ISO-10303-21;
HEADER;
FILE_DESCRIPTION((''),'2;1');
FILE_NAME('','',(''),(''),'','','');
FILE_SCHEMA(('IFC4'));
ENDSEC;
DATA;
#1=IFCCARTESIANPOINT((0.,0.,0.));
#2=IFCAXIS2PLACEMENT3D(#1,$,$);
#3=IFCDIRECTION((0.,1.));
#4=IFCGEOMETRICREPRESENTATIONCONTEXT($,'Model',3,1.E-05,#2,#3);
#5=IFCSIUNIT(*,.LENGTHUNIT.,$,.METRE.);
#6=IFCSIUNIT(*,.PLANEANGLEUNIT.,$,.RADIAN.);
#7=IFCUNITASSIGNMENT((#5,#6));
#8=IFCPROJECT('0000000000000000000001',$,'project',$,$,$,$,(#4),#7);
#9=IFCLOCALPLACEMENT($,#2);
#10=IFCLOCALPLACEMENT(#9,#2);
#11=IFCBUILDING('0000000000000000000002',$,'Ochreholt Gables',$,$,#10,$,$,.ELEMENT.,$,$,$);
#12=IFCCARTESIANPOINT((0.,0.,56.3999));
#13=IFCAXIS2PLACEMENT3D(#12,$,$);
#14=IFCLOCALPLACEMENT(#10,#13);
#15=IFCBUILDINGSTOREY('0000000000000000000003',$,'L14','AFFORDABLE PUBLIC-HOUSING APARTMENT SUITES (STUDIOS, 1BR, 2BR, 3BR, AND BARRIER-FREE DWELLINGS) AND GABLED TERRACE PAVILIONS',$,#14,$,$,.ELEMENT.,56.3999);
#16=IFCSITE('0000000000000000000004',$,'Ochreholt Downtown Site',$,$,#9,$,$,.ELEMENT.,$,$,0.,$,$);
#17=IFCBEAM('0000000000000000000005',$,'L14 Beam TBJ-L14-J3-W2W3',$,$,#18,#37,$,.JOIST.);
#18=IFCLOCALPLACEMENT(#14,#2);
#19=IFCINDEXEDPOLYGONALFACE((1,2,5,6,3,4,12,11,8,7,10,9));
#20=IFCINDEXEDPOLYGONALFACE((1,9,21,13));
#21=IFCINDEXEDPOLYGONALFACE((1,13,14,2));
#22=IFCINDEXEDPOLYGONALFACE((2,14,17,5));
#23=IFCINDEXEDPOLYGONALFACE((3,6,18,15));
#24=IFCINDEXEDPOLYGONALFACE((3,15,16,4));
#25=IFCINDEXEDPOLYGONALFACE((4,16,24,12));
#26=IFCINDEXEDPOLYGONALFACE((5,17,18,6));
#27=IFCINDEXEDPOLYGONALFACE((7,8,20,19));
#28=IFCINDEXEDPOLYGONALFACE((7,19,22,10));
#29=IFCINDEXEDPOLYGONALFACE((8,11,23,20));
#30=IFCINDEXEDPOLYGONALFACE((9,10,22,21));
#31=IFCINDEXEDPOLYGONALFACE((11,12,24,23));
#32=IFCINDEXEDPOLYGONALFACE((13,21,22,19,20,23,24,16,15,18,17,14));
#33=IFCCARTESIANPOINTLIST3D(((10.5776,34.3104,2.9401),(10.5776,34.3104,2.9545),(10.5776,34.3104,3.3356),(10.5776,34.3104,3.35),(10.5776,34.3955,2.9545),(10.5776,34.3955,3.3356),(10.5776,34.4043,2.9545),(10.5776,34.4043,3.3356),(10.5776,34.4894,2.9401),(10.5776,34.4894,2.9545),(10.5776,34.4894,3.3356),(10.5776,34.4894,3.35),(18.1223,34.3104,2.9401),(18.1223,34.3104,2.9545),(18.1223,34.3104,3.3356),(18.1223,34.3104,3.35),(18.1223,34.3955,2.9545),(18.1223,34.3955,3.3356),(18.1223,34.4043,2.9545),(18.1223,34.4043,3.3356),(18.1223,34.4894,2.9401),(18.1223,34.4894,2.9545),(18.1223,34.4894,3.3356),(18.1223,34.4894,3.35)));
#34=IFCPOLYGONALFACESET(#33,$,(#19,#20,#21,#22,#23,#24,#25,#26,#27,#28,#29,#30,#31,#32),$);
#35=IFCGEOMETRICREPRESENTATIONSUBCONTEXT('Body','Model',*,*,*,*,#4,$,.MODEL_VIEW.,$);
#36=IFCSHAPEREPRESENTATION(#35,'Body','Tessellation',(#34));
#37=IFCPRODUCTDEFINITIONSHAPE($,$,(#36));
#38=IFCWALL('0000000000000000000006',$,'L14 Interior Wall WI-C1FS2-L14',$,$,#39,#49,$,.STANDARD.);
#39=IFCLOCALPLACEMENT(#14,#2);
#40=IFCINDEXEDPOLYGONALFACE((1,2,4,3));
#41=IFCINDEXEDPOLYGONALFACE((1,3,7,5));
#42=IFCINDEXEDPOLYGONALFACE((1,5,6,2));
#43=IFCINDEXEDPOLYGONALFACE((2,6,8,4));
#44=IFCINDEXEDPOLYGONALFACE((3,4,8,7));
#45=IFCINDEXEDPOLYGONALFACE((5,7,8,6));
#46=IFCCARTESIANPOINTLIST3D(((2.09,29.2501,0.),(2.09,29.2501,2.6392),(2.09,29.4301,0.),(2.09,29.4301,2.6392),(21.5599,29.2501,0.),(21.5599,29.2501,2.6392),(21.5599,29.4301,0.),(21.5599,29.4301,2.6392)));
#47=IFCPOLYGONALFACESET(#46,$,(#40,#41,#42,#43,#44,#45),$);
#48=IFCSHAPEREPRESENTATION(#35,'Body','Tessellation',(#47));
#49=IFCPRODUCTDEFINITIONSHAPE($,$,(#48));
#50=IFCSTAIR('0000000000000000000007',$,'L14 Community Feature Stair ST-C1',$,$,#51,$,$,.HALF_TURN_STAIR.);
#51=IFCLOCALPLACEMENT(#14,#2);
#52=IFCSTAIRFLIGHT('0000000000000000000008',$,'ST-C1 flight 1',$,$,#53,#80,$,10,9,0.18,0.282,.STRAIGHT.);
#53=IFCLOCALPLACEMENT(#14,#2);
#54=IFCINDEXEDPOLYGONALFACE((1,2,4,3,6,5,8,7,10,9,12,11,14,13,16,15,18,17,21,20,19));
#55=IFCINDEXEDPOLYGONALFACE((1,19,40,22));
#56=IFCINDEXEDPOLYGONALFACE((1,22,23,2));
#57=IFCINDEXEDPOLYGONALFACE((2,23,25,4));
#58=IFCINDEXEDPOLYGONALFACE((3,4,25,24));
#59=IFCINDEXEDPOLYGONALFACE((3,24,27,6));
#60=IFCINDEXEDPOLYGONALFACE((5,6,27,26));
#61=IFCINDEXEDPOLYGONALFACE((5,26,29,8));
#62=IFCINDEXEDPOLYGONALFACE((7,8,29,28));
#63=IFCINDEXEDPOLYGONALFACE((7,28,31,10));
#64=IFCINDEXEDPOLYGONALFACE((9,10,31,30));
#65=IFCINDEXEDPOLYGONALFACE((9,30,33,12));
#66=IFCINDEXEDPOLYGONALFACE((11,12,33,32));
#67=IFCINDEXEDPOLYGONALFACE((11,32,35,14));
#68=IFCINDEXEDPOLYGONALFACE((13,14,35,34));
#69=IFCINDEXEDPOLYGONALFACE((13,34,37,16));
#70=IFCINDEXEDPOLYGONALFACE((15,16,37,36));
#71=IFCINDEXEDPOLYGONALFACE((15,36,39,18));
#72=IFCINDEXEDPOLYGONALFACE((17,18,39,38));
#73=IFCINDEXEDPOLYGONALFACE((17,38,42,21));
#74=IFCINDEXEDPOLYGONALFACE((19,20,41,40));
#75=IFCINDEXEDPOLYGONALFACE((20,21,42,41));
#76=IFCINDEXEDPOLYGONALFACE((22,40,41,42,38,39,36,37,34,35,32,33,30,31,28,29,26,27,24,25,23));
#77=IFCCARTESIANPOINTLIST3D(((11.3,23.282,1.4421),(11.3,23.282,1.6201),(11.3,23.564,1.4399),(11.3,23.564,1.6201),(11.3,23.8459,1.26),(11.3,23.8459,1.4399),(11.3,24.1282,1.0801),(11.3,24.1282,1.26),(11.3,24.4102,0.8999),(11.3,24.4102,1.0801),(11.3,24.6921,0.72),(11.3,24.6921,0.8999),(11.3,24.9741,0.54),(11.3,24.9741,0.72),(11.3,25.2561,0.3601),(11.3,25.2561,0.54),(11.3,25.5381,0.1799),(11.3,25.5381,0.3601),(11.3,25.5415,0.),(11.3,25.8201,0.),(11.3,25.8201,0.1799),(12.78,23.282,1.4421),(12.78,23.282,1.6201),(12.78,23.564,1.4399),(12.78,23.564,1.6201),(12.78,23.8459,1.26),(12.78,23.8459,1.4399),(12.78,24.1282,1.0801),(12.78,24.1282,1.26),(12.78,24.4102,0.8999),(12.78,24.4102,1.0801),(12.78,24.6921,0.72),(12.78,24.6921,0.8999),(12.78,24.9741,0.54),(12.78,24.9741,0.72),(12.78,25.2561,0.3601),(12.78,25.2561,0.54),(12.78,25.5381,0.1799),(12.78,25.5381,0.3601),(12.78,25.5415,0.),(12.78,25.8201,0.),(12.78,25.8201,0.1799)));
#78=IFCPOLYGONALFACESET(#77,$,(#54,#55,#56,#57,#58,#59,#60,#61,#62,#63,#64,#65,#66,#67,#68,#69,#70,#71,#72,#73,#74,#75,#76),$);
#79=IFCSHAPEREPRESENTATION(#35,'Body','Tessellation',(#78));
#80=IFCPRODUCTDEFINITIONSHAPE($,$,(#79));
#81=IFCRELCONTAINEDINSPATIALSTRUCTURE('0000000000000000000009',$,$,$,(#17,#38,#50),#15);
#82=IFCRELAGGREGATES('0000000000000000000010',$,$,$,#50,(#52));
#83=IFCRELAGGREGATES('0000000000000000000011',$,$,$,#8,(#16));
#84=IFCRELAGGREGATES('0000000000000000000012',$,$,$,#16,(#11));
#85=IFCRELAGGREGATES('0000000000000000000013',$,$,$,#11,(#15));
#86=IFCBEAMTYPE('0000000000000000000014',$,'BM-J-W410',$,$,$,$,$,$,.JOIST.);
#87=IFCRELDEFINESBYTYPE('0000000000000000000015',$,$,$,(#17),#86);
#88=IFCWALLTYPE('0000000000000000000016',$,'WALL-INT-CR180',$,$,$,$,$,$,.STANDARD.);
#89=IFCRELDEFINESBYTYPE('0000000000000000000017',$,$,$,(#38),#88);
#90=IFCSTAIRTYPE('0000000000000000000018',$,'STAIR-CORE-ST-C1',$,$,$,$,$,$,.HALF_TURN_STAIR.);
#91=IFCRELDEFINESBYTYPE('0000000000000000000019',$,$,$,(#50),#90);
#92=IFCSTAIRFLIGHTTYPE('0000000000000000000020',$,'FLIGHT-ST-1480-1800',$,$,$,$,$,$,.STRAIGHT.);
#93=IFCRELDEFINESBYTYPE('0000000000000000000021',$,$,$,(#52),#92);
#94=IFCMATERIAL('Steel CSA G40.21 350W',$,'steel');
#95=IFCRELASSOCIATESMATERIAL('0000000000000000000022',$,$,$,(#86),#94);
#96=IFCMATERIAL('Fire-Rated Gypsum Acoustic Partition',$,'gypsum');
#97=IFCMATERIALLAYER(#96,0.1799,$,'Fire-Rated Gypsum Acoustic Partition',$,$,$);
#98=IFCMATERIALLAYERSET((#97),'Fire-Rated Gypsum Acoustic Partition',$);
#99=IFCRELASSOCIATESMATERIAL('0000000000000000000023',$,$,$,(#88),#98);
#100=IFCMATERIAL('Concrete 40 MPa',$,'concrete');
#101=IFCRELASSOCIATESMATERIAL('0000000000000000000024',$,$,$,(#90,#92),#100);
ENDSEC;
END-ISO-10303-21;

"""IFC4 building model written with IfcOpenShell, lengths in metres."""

from ifc_helpers import new_model, si_unit, direction, frame, frame_2d, origin, origin_2d, place, context, subcontext, project, spatial, polyline, rectangle, i_section, outline, extrude, material, layer, layer_set, material_profile, profile_set, type_object, element, aggregate, save


model = new_model("IFC4")

# Units and contexts
model_context = context("Model", 3, precision=1e-05, world=origin(), true_north=direction((0.0, 1.0)))
body_context = subcontext(model_context, "Body", "Model", "MODEL_VIEW")
ifc_project = project(units=[si_unit("LENGTHUNIT", "METRE"), si_unit("PLANEANGLEUNIT", "RADIAN")], contexts=[model_context])

# Site, building, storey
site_placement = place(None, origin())
site = spatial("IfcSite", under=ifc_project, at=site_placement, Name="Ochreholt Downtown Site", CompositionType="ELEMENT", RefElevation=0.0)
building_placement = place(site_placement, origin())
building = spatial("IfcBuilding", under=site, at=building_placement, Name="Ochreholt Gables", CompositionType="ELEMENT")
storey_placement = place(building_placement, frame((0.0, 0.0, 56.3999)))
storey = spatial("IfcBuildingStorey", under=building, at=storey_placement, Name="L14", Description="AFFORDABLE PUBLIC-HOUSING APARTMENT SUITES (STUDIOS, 1BR, 2BR, 3BR, AND BARRIER-FREE DWELLINGS) AND GABLED TERRACE PAVILIONS", CompositionType="ELEMENT", Elevation=56.3999)

# Shared definitions
ifc_material_1 = material(Name="Steel CSA G40.21 350W", Category="steel")

# Beam
ifc_material_profile_1 = material_profile(ifc_material_1, i_section(OverallWidth=0.179, OverallDepth=0.4099, WebThickness=0.0088, FlangeThickness=0.0144, at=origin_2d()), Name="W410X67")
ifc_profile_set_1 = profile_set([ifc_material_profile_1], Name="Steel CSA G40.21 350W")
beam_type_1 = type_object("IfcBeamType", Name="BM-J-W410", PredefinedType="JOIST", material=ifc_profile_set_1)
beam_1_placement = place(storey_placement, frame((10.5776, 34.3999, 3.145), z_axis=(1.0, 0.0, 0.0), x_axis=(0.0, 1.0, 0.0)))
element("IfcBeam", 1, at=beam_1_placement, inside=storey, type_object=beam_type_1, Name="L14 Beam TBJ-L14-J3-W2W3", PredefinedType="JOIST", context=body_context, shape_type="SweptSolid", body=[
    extrude(i_section(OverallWidth=0.179, OverallDepth=0.4099, WebThickness=0.0088, FlangeThickness=0.0144, at=origin_2d()), origin(), (0.0, 0.0, 1.0), 7.5447),
])

# Wall
ifc_material_2 = material(Name="Fire-Rated Gypsum Acoustic Partition", Category="gypsum")
ifc_layer_1 = layer(ifc_material_2, 0.1799, Name="Fire-Rated Gypsum Acoustic Partition")
ifc_layer_set_1 = layer_set([ifc_layer_1], Name="Fire-Rated Gypsum Acoustic Partition")
wall_type_1 = type_object("IfcWallType", Name="WALL-INT-CR180", PredefinedType="STANDARD", material=ifc_layer_set_1)
wall_1_placement = place(storey_placement, frame((2.0901, 29.3401, 0.0), z_axis=(0.0, 0.0, 1.0), x_axis=(1.0, 0.0, 0.0)))
element("IfcWall", 2, at=wall_1_placement, inside=storey, type_object=wall_type_1, Name="L14 Interior Wall WI-C1FS2-L14", PredefinedType="STANDARD", context=body_context, shape_type="SweptSolid", body=[
    extrude(rectangle(XDim=19.47, YDim=0.1799, at=frame_2d((9.7349, 0.0))), origin(), (0.0, 0.0, 1.0), 2.6392),
])

# Stair, stair flight
ifc_material_3 = material(Name="Concrete 40 MPa", Category="concrete")
stair_type = type_object("IfcStairType", Name="STAIR-CORE-ST-C1", PredefinedType="HALF_TURN_STAIR", material=ifc_material_3)
stair_placement = place(storey_placement, origin())
stair = element("IfcStair", 3, at=stair_placement, inside=storey, type_object=stair_type, Name="L14 Community Feature Stair ST-C1", PredefinedType="HALF_TURN_STAIR")
stair_flight_type = type_object("IfcStairFlightType", Name="FLIGHT-ST-1480-1800", PredefinedType="STRAIGHT", material=ifc_material_3)
stair_flight_placement = place(storey_placement, frame((12.04, 25.8201, 0.0), z_axis=(0.0, 0.0, 1.0), x_axis=(0.0, -1.0, 0.0)))
stair_flight = element("IfcStairFlight", 4, at=stair_flight_placement, type_object=stair_flight_type, Name="ST-C1 flight 1", NumberOfRisers=10, NumberOfTreads=9, PredefinedType="STRAIGHT", RiserHeight=0.18, TreadLength=0.282, context=body_context, shape_type="SweptSolid", body=[
    extrude(outline(polyline([(0.0, 0.0), (0.0, 0.1799), (0.282, 0.1799), (0.282, 0.3601), (0.564, 0.3601), (0.564, 0.54), (0.8459, 0.54), (0.8459, 0.72), (1.1279, 0.72), (1.1279, 0.8999), (1.4099, 0.8999), (1.4099, 1.0801), (1.6919, 1.0801), (1.6919, 1.26), (1.9741, 1.26), (1.9741, 1.4399), (2.2561, 1.4399), (2.2561, 1.6201), (2.5381, 1.6201), (2.5381, 1.8), (2.5381, 1.4421), (0.2786, 0.0), (0.0, 0.0)])), frame((0.0, 0.74, 0.0), z_axis=(0.0, -1.0, 0.0), x_axis=(1.0, 0.0, 0.0)), (0.0, 0.0, 1.0), 1.48),
])
aggregate(stair, [stair_flight])

save(model, "model.ifc")
